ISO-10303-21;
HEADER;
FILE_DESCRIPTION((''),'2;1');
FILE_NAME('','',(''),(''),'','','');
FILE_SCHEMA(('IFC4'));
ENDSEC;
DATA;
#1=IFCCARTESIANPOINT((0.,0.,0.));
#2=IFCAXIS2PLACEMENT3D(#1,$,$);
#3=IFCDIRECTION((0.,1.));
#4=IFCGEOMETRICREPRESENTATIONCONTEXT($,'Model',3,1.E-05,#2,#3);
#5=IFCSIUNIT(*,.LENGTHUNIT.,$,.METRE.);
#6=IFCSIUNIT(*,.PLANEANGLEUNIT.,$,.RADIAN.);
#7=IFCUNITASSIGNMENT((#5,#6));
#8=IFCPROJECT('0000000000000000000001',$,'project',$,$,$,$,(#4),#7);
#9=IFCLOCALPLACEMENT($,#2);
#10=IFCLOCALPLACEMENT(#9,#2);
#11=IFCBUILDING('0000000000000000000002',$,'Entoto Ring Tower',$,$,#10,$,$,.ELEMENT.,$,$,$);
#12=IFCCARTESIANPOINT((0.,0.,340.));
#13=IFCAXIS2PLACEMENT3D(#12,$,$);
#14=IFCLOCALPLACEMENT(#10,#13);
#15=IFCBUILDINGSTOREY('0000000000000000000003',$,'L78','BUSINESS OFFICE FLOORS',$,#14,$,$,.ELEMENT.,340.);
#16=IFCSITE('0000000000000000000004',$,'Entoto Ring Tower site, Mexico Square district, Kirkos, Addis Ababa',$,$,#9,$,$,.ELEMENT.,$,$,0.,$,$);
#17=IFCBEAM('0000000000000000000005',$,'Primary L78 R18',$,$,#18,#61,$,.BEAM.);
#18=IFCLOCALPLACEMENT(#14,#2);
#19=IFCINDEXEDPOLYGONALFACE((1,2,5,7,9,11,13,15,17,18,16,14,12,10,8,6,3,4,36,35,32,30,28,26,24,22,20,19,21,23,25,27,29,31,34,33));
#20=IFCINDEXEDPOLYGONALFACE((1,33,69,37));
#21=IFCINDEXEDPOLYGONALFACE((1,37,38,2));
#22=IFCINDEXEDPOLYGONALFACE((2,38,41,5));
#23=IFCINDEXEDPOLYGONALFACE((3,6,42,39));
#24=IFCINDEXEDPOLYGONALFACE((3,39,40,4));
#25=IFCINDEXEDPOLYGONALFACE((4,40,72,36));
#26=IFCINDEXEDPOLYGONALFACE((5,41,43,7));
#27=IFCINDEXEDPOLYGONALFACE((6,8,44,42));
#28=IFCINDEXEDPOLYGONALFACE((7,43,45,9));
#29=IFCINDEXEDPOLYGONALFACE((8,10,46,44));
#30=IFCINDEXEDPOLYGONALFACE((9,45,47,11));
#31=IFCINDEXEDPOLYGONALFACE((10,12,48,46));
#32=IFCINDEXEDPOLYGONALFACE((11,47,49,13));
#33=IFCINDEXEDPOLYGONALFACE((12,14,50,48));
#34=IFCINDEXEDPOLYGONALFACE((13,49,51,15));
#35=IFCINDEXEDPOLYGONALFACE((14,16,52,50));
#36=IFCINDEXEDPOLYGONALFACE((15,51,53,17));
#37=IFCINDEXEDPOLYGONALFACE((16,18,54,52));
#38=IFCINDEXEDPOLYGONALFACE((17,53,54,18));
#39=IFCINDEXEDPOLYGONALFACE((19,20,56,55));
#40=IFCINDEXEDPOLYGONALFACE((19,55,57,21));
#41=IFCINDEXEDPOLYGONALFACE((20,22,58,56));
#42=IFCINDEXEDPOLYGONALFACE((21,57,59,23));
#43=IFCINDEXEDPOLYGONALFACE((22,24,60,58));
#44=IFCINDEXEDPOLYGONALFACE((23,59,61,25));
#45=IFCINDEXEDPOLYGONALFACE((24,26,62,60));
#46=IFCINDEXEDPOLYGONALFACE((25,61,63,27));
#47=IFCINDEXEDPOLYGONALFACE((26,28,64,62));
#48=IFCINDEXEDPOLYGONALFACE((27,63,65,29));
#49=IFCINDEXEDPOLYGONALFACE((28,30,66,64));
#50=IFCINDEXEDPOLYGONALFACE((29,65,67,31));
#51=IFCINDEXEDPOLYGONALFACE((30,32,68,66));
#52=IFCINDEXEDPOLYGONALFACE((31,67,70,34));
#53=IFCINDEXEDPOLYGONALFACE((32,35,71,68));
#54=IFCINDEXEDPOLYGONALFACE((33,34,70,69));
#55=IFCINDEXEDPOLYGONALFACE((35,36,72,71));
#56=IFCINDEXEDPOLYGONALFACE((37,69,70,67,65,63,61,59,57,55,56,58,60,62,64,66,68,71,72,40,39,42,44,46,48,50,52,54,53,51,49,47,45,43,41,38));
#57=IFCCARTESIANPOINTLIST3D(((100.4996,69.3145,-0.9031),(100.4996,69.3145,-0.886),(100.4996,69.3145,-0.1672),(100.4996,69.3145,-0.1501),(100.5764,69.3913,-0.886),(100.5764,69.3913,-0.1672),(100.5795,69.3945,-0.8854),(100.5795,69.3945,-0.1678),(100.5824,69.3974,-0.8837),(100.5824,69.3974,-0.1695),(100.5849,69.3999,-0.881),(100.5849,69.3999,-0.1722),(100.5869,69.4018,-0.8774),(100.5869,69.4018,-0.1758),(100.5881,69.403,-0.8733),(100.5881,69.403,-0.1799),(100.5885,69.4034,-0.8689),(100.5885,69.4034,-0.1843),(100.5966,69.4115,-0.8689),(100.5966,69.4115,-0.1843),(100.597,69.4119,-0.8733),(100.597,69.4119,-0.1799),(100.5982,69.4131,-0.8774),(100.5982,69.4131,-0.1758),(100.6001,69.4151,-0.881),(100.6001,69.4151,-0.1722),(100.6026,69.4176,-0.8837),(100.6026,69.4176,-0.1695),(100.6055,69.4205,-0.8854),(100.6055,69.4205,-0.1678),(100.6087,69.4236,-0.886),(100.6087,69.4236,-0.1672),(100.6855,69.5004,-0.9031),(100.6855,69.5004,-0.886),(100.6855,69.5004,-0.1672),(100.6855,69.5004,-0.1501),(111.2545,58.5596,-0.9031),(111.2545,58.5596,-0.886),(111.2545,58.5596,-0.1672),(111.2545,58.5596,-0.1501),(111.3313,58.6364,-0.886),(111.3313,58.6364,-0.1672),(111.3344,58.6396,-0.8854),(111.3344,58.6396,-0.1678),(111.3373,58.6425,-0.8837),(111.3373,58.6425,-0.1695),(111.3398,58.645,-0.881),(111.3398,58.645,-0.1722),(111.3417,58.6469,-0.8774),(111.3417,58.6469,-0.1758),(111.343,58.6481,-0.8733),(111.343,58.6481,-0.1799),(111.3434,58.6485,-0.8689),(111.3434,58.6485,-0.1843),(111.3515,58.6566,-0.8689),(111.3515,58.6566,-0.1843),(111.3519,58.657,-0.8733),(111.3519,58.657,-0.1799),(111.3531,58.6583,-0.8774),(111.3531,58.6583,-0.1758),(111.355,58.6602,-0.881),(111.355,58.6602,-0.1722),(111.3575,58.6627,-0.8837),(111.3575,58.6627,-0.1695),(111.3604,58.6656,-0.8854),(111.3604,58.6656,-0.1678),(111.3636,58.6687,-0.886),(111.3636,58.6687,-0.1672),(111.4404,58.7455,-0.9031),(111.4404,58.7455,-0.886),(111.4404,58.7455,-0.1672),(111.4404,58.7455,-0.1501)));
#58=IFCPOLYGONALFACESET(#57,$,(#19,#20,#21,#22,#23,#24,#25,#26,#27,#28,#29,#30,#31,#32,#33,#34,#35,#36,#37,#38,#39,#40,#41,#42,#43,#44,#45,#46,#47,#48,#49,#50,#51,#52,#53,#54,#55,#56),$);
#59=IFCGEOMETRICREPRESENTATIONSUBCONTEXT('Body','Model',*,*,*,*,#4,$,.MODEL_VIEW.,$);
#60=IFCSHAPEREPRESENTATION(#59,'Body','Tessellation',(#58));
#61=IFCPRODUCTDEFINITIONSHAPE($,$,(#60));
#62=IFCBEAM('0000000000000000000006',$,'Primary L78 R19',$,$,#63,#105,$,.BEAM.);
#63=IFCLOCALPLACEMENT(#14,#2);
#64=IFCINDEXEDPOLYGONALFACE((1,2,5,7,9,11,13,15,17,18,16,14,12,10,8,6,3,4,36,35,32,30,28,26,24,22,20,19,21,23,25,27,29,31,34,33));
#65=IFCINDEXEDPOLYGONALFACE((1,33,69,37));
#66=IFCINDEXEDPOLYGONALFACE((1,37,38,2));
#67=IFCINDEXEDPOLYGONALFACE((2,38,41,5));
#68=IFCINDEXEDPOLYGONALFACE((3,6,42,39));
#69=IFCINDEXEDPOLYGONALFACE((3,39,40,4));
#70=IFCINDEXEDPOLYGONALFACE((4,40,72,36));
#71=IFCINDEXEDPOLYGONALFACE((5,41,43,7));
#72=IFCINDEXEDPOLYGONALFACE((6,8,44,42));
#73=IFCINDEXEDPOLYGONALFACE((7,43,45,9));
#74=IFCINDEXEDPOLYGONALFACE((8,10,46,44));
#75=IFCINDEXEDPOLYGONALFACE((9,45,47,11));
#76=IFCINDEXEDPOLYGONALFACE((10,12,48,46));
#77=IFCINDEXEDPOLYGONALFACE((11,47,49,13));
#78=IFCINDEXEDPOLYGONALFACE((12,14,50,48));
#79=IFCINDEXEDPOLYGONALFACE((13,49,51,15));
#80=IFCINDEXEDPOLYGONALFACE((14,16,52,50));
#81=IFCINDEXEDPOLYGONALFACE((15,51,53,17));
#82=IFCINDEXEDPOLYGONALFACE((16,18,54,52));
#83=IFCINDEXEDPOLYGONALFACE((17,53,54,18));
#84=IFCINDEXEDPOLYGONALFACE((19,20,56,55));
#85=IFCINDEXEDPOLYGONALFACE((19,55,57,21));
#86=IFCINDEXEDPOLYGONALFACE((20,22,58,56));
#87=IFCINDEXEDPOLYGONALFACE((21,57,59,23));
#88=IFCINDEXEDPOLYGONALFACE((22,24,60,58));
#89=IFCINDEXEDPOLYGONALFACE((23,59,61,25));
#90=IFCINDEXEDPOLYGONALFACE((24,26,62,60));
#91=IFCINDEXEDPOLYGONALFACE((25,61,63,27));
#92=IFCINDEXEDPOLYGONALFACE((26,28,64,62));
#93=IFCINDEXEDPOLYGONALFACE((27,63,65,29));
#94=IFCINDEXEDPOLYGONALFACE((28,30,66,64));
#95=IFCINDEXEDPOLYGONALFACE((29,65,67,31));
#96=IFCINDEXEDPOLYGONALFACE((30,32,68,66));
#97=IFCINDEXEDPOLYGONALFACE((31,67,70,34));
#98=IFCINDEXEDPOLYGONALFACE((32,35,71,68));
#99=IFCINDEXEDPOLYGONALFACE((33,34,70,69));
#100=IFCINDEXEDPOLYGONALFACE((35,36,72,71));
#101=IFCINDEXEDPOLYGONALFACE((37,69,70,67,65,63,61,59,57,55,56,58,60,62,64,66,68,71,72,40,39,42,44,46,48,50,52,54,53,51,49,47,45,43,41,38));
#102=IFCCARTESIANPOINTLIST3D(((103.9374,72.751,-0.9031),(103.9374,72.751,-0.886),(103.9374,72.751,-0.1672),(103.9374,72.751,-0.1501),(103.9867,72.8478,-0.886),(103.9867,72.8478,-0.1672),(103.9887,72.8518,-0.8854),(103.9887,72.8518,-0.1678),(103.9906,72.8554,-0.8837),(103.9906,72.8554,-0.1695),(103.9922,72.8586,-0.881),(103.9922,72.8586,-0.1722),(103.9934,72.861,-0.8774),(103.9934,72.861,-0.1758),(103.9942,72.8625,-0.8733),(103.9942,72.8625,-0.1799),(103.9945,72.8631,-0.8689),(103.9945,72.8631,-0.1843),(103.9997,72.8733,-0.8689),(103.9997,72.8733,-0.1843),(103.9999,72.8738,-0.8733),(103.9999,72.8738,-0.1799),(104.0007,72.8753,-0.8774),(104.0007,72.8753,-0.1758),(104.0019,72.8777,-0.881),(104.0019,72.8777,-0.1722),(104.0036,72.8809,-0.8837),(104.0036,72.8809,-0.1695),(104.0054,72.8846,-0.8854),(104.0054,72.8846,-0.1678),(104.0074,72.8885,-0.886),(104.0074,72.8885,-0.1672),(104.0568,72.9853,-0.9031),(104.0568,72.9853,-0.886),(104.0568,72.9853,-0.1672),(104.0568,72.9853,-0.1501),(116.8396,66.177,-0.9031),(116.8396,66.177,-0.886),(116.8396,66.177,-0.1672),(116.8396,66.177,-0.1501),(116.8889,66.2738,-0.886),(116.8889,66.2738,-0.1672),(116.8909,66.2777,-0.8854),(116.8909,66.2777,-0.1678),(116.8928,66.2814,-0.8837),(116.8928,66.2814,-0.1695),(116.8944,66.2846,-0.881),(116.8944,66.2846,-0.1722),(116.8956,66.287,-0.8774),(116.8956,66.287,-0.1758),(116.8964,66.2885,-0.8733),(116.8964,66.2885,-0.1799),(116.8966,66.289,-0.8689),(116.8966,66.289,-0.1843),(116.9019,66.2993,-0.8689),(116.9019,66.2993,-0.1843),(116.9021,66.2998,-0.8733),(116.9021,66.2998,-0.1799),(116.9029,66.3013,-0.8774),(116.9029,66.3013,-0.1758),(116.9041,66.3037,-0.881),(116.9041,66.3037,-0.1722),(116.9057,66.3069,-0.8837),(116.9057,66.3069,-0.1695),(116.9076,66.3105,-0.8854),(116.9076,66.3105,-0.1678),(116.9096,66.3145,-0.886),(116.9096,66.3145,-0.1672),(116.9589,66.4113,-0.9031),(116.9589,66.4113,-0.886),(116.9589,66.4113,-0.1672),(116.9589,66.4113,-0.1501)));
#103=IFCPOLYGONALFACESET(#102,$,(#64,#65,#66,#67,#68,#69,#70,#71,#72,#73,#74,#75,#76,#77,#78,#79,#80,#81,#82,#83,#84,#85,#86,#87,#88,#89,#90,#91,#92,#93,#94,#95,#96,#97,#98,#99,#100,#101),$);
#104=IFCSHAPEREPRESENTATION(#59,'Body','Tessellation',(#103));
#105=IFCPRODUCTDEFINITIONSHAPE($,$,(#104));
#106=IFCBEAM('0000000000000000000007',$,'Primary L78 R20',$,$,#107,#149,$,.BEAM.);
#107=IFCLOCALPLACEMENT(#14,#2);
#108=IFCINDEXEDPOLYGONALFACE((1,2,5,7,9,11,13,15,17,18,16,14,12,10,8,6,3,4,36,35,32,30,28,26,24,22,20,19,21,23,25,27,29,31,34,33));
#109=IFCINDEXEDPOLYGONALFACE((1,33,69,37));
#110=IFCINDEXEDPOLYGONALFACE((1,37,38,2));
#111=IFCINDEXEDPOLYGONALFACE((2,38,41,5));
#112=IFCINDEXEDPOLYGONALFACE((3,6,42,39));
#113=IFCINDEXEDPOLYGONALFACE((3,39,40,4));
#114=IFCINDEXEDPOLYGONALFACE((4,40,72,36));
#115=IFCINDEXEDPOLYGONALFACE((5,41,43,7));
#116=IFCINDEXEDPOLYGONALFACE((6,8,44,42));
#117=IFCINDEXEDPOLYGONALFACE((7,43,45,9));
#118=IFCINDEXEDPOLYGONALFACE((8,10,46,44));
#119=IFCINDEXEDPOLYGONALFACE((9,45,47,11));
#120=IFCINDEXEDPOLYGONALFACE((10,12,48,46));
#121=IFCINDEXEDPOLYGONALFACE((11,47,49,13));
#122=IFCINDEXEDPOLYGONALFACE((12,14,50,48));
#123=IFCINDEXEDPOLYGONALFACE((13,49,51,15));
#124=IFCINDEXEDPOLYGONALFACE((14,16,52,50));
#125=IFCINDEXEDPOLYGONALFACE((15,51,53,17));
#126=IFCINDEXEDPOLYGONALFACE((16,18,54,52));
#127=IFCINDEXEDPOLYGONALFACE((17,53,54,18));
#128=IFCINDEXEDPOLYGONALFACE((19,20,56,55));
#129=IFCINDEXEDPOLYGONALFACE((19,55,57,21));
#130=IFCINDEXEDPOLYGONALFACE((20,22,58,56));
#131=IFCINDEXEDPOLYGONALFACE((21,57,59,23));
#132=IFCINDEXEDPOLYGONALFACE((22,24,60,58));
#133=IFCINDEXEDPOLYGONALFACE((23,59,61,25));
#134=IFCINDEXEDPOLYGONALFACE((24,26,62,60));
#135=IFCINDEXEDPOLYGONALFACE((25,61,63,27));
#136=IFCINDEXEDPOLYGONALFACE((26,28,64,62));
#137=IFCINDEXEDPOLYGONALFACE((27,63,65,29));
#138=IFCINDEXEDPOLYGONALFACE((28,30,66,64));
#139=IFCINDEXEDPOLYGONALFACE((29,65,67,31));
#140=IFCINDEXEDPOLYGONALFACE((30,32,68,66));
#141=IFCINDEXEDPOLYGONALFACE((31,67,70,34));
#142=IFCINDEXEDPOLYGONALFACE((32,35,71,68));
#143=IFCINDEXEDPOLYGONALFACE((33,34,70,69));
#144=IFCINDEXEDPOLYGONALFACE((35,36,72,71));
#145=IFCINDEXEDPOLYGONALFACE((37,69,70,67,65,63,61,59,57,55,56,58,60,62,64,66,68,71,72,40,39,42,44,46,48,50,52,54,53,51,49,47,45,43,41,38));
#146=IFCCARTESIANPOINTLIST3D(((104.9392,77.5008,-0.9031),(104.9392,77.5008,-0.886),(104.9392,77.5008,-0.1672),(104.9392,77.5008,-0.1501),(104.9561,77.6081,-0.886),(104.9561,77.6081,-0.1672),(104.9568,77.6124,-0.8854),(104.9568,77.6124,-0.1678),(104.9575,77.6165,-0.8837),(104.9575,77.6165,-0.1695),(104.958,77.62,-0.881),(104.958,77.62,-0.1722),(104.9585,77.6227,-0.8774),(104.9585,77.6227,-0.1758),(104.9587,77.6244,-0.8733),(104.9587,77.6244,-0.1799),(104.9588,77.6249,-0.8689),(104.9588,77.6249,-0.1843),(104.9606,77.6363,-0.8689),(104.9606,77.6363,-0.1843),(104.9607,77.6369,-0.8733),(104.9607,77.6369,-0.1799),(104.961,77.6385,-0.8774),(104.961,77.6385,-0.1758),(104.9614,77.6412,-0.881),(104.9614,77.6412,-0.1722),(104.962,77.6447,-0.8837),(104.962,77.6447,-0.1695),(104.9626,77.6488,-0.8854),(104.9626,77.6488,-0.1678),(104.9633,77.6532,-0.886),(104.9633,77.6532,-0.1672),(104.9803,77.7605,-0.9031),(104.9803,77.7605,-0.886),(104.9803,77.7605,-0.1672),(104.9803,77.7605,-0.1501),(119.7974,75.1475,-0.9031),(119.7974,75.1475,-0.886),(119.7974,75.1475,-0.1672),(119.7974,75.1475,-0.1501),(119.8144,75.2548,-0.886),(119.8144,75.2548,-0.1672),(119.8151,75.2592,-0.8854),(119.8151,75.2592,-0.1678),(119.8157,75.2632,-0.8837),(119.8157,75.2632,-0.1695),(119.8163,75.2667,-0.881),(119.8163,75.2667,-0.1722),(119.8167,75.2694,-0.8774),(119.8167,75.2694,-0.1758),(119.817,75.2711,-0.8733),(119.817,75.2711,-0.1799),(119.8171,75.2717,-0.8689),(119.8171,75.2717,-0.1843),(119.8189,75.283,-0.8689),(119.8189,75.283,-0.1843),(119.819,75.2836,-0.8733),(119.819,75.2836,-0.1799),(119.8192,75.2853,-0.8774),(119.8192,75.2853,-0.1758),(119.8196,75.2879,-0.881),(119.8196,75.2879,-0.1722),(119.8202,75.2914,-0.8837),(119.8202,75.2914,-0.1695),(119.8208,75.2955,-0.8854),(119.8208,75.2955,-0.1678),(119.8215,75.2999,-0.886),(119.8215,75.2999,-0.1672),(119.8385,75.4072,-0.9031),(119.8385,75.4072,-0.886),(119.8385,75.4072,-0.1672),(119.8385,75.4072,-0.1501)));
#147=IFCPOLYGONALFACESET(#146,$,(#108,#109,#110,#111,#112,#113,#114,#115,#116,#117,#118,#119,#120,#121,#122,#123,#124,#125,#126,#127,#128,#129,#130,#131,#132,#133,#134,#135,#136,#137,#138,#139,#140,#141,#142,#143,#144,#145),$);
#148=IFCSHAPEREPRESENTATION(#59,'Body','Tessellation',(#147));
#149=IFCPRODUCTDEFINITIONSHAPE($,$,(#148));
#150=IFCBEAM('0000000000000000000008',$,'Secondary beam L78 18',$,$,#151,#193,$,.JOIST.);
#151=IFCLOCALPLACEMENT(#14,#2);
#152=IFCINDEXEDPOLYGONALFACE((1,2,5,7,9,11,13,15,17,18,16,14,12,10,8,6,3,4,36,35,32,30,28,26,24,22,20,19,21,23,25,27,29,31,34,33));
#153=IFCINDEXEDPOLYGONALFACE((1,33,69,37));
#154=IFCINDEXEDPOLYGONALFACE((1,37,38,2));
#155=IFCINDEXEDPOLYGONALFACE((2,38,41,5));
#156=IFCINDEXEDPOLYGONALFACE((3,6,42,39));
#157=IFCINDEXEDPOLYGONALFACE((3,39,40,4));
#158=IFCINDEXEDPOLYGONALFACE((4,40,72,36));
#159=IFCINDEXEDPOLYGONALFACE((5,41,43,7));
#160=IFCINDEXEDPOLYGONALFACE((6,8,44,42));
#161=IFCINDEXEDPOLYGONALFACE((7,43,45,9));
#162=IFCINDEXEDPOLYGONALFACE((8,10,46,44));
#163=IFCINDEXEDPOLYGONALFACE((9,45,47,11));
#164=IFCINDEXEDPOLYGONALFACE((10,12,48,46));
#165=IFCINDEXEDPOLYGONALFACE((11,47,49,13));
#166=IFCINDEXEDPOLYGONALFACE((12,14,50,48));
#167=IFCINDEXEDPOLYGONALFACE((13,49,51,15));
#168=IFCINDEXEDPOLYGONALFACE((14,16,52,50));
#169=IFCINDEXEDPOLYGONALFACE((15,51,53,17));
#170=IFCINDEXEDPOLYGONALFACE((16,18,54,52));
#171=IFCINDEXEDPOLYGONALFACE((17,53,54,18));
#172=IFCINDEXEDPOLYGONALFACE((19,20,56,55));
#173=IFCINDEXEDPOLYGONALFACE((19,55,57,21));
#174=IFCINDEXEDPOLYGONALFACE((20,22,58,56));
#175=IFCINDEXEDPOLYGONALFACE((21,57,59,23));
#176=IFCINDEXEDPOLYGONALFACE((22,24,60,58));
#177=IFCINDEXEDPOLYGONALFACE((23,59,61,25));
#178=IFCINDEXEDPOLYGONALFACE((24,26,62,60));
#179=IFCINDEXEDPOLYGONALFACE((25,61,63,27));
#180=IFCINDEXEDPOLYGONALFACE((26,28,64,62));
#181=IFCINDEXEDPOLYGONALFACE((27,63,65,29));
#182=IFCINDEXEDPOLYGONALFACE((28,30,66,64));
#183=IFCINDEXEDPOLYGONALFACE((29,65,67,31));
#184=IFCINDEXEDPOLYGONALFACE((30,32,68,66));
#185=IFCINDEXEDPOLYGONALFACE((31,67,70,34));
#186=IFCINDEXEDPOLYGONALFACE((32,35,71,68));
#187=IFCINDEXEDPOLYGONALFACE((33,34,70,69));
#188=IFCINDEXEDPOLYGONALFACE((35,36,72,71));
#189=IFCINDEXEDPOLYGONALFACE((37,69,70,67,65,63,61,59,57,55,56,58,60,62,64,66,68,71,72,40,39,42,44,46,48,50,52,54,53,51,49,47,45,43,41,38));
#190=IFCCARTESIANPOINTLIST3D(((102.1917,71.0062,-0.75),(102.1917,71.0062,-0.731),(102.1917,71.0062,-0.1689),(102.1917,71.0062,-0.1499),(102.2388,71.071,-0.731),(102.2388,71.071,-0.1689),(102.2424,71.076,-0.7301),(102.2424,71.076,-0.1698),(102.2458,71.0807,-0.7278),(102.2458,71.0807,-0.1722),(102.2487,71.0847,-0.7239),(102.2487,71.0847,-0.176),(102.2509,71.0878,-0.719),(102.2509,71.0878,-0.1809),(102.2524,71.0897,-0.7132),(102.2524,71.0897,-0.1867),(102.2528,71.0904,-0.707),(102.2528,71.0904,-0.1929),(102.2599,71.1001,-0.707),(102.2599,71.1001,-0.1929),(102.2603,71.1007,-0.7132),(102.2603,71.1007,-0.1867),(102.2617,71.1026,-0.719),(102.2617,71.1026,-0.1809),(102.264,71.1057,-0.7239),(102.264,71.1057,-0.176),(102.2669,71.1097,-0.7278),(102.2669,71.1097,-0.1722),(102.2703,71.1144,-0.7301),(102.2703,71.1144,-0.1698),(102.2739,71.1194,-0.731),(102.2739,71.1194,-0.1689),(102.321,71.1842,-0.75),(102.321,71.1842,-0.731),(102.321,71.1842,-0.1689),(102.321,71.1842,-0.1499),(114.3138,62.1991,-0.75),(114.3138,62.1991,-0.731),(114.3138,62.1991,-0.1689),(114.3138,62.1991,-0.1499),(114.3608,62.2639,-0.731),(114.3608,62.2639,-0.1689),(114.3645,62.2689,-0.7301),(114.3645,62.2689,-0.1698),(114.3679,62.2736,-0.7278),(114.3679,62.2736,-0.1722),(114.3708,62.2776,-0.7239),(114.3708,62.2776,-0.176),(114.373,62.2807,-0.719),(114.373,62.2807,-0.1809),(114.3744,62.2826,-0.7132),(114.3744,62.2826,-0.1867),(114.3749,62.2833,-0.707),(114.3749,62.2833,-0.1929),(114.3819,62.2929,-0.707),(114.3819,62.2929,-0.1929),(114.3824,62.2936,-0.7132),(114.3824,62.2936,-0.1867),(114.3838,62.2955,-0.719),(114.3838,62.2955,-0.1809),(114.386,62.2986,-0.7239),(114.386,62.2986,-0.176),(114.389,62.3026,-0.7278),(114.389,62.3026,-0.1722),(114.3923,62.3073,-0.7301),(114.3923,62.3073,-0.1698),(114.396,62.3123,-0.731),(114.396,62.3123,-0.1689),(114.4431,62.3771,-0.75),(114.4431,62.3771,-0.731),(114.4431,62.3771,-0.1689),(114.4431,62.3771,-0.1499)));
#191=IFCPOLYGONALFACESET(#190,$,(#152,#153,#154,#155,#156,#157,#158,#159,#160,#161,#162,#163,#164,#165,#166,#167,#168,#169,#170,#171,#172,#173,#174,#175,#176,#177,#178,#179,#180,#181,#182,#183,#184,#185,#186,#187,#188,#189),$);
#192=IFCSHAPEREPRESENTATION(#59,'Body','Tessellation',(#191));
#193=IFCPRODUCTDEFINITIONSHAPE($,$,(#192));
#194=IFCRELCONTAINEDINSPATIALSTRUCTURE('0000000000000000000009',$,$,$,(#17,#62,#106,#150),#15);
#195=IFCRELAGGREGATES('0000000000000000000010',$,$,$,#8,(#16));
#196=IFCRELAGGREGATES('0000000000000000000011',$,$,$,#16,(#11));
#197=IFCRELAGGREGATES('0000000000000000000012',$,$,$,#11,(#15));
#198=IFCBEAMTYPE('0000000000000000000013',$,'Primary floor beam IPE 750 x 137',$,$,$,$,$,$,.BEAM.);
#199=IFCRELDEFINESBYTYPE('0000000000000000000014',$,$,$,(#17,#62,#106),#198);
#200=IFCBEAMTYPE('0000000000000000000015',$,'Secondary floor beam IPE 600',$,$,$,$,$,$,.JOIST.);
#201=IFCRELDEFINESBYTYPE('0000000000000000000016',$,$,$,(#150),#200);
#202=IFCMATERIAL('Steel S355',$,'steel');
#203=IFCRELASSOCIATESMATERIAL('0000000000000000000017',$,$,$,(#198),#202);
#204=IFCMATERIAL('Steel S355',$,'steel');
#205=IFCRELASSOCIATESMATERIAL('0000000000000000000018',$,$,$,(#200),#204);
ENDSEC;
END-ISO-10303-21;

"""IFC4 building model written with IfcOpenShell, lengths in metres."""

from ifc_helpers import new_model, si_unit, direction, frame, origin, origin_2d, place, context, subcontext, project, spatial, i_section, extrude, material, material_profile, profile_set, type_object, element, save


model = new_model("IFC4")

# Units and contexts
model_context = context("Model", 3, precision=1e-05, world=origin(), true_north=direction((0.0, 1.0)))
body_context = subcontext(model_context, "Body", "Model", "MODEL_VIEW")
ifc_project = project(units=[si_unit("LENGTHUNIT", "METRE"), si_unit("PLANEANGLEUNIT", "RADIAN")], contexts=[model_context])

# Site, building, storey
site_placement = place(None, origin())
site = spatial("IfcSite", under=ifc_project, at=site_placement, Name="Entoto Ring Tower site, Mexico Square district, Kirkos, Addis Ababa", CompositionType="ELEMENT", RefElevation=0.0)
building_placement = place(site_placement, origin())
building = spatial("IfcBuilding", under=site, at=building_placement, Name="Entoto Ring Tower", CompositionType="ELEMENT")
storey_placement = place(building_placement, frame((0.0, 0.0, 340.0)))
storey = spatial("IfcBuildingStorey", under=building, at=storey_placement, Name="L78", Description="BUSINESS OFFICE FLOORS", CompositionType="ELEMENT", Elevation=340.0)

# Beams
ifc_material_1 = material(Name="Steel S355", Category="steel")
ifc_material_profile_1 = material_profile(ifc_material_1, i_section(OverallWidth=0.2629, OverallDepth=0.7529, WebThickness=0.0115, FlangeThickness=0.0171, FilletRadius=0.0171, at=origin_2d()), Name="IPE 750 x 137")
ifc_profile_set_1 = profile_set([ifc_material_profile_1], Name="Steel S355")
beam_type_1 = type_object("IfcBeamType", Name="Primary floor beam IPE 750 x 137", PredefinedType="BEAM", material=ifc_profile_set_1)
beam_1_placement = place(storey_placement, frame((100.5925, 69.4075, -0.5266), z_axis=(0.707107, -0.707107, 0.0), x_axis=(0.707107, 0.707107, 0.0)))
element("IfcBeam", 1, at=beam_1_placement, inside=storey, type_object=beam_type_1, Name="Primary L78 R18", PredefinedType="BEAM", context=body_context, shape_type="SweptSolid", body=[
    extrude(i_section(OverallWidth=0.2629, OverallDepth=0.7529, WebThickness=0.0115, FlangeThickness=0.0171, FilletRadius=0.0171, at=origin_2d()), origin(), (0.0, 0.0, 1.0), 15.2097),
])
beam_2_placement = place(storey_placement, frame((103.9971, 72.8682, -0.5266), z_axis=(0.891006, -0.453992, 0.0), x_axis=(0.453992, 0.891006, 0.0)))
element("IfcBeam", 2, at=beam_2_placement, inside=storey, type_object=beam_type_1, Name="Primary L78 R19", PredefinedType="BEAM", context=body_context, shape_type="SweptSolid", body=[
    extrude(i_section(OverallWidth=0.2629, OverallDepth=0.7529, WebThickness=0.0115, FlangeThickness=0.0171, FilletRadius=0.0171, at=origin_2d()), origin(), (0.0, 0.0, 1.0), 14.4805),
])
beam_3_placement = place(storey_placement, frame((104.9597, 77.6306, -0.5266), z_axis=(0.987689, -0.156433, 0.0), x_axis=(0.156433, 0.987689, 0.0)))
element("IfcBeam", 3, at=beam_3_placement, inside=storey, type_object=beam_type_1, Name="Primary L78 R20", PredefinedType="BEAM", context=body_context, shape_type="SweptSolid", body=[
    extrude(i_section(OverallWidth=0.2629, OverallDepth=0.7529, WebThickness=0.0115, FlangeThickness=0.0171, FilletRadius=0.0171, at=origin_2d()), origin(), (0.0, 0.0, 1.0), 15.0435),
])
ifc_material_2 = material(Name="Steel S355", Category="steel")
ifc_material_profile_2 = material_profile(ifc_material_2, i_section(OverallWidth=0.22, OverallDepth=0.6001, WebThickness=0.012, FlangeThickness=0.019, FilletRadius=0.0239, at=origin_2d()), Name="IPE 600")
ifc_profile_set_2 = profile_set([ifc_material_profile_2], Name="Steel S355")
beam_type_2 = type_object("IfcBeamType", Name="Secondary floor beam IPE 600", PredefinedType="JOIST", material=ifc_profile_set_2)
beam_4_placement = place(storey_placement, frame((102.2563, 71.0952, -0.45), z_axis=(0.809019, -0.587782, 0.0), x_axis=(0.587782, 0.809019, 0.0)))
element("IfcBeam", 4, at=beam_4_placement, inside=storey, type_object=beam_type_2, Name="Secondary beam L78 18", PredefinedType="JOIST", context=body_context, shape_type="SweptSolid", body=[
    extrude(i_section(OverallWidth=0.22, OverallDepth=0.6001, WebThickness=0.012, FlangeThickness=0.019, FilletRadius=0.0239, at=origin_2d()), origin(), (0.0, 0.0, 1.0), 14.9836),
])

save(model, "model.ifc")
